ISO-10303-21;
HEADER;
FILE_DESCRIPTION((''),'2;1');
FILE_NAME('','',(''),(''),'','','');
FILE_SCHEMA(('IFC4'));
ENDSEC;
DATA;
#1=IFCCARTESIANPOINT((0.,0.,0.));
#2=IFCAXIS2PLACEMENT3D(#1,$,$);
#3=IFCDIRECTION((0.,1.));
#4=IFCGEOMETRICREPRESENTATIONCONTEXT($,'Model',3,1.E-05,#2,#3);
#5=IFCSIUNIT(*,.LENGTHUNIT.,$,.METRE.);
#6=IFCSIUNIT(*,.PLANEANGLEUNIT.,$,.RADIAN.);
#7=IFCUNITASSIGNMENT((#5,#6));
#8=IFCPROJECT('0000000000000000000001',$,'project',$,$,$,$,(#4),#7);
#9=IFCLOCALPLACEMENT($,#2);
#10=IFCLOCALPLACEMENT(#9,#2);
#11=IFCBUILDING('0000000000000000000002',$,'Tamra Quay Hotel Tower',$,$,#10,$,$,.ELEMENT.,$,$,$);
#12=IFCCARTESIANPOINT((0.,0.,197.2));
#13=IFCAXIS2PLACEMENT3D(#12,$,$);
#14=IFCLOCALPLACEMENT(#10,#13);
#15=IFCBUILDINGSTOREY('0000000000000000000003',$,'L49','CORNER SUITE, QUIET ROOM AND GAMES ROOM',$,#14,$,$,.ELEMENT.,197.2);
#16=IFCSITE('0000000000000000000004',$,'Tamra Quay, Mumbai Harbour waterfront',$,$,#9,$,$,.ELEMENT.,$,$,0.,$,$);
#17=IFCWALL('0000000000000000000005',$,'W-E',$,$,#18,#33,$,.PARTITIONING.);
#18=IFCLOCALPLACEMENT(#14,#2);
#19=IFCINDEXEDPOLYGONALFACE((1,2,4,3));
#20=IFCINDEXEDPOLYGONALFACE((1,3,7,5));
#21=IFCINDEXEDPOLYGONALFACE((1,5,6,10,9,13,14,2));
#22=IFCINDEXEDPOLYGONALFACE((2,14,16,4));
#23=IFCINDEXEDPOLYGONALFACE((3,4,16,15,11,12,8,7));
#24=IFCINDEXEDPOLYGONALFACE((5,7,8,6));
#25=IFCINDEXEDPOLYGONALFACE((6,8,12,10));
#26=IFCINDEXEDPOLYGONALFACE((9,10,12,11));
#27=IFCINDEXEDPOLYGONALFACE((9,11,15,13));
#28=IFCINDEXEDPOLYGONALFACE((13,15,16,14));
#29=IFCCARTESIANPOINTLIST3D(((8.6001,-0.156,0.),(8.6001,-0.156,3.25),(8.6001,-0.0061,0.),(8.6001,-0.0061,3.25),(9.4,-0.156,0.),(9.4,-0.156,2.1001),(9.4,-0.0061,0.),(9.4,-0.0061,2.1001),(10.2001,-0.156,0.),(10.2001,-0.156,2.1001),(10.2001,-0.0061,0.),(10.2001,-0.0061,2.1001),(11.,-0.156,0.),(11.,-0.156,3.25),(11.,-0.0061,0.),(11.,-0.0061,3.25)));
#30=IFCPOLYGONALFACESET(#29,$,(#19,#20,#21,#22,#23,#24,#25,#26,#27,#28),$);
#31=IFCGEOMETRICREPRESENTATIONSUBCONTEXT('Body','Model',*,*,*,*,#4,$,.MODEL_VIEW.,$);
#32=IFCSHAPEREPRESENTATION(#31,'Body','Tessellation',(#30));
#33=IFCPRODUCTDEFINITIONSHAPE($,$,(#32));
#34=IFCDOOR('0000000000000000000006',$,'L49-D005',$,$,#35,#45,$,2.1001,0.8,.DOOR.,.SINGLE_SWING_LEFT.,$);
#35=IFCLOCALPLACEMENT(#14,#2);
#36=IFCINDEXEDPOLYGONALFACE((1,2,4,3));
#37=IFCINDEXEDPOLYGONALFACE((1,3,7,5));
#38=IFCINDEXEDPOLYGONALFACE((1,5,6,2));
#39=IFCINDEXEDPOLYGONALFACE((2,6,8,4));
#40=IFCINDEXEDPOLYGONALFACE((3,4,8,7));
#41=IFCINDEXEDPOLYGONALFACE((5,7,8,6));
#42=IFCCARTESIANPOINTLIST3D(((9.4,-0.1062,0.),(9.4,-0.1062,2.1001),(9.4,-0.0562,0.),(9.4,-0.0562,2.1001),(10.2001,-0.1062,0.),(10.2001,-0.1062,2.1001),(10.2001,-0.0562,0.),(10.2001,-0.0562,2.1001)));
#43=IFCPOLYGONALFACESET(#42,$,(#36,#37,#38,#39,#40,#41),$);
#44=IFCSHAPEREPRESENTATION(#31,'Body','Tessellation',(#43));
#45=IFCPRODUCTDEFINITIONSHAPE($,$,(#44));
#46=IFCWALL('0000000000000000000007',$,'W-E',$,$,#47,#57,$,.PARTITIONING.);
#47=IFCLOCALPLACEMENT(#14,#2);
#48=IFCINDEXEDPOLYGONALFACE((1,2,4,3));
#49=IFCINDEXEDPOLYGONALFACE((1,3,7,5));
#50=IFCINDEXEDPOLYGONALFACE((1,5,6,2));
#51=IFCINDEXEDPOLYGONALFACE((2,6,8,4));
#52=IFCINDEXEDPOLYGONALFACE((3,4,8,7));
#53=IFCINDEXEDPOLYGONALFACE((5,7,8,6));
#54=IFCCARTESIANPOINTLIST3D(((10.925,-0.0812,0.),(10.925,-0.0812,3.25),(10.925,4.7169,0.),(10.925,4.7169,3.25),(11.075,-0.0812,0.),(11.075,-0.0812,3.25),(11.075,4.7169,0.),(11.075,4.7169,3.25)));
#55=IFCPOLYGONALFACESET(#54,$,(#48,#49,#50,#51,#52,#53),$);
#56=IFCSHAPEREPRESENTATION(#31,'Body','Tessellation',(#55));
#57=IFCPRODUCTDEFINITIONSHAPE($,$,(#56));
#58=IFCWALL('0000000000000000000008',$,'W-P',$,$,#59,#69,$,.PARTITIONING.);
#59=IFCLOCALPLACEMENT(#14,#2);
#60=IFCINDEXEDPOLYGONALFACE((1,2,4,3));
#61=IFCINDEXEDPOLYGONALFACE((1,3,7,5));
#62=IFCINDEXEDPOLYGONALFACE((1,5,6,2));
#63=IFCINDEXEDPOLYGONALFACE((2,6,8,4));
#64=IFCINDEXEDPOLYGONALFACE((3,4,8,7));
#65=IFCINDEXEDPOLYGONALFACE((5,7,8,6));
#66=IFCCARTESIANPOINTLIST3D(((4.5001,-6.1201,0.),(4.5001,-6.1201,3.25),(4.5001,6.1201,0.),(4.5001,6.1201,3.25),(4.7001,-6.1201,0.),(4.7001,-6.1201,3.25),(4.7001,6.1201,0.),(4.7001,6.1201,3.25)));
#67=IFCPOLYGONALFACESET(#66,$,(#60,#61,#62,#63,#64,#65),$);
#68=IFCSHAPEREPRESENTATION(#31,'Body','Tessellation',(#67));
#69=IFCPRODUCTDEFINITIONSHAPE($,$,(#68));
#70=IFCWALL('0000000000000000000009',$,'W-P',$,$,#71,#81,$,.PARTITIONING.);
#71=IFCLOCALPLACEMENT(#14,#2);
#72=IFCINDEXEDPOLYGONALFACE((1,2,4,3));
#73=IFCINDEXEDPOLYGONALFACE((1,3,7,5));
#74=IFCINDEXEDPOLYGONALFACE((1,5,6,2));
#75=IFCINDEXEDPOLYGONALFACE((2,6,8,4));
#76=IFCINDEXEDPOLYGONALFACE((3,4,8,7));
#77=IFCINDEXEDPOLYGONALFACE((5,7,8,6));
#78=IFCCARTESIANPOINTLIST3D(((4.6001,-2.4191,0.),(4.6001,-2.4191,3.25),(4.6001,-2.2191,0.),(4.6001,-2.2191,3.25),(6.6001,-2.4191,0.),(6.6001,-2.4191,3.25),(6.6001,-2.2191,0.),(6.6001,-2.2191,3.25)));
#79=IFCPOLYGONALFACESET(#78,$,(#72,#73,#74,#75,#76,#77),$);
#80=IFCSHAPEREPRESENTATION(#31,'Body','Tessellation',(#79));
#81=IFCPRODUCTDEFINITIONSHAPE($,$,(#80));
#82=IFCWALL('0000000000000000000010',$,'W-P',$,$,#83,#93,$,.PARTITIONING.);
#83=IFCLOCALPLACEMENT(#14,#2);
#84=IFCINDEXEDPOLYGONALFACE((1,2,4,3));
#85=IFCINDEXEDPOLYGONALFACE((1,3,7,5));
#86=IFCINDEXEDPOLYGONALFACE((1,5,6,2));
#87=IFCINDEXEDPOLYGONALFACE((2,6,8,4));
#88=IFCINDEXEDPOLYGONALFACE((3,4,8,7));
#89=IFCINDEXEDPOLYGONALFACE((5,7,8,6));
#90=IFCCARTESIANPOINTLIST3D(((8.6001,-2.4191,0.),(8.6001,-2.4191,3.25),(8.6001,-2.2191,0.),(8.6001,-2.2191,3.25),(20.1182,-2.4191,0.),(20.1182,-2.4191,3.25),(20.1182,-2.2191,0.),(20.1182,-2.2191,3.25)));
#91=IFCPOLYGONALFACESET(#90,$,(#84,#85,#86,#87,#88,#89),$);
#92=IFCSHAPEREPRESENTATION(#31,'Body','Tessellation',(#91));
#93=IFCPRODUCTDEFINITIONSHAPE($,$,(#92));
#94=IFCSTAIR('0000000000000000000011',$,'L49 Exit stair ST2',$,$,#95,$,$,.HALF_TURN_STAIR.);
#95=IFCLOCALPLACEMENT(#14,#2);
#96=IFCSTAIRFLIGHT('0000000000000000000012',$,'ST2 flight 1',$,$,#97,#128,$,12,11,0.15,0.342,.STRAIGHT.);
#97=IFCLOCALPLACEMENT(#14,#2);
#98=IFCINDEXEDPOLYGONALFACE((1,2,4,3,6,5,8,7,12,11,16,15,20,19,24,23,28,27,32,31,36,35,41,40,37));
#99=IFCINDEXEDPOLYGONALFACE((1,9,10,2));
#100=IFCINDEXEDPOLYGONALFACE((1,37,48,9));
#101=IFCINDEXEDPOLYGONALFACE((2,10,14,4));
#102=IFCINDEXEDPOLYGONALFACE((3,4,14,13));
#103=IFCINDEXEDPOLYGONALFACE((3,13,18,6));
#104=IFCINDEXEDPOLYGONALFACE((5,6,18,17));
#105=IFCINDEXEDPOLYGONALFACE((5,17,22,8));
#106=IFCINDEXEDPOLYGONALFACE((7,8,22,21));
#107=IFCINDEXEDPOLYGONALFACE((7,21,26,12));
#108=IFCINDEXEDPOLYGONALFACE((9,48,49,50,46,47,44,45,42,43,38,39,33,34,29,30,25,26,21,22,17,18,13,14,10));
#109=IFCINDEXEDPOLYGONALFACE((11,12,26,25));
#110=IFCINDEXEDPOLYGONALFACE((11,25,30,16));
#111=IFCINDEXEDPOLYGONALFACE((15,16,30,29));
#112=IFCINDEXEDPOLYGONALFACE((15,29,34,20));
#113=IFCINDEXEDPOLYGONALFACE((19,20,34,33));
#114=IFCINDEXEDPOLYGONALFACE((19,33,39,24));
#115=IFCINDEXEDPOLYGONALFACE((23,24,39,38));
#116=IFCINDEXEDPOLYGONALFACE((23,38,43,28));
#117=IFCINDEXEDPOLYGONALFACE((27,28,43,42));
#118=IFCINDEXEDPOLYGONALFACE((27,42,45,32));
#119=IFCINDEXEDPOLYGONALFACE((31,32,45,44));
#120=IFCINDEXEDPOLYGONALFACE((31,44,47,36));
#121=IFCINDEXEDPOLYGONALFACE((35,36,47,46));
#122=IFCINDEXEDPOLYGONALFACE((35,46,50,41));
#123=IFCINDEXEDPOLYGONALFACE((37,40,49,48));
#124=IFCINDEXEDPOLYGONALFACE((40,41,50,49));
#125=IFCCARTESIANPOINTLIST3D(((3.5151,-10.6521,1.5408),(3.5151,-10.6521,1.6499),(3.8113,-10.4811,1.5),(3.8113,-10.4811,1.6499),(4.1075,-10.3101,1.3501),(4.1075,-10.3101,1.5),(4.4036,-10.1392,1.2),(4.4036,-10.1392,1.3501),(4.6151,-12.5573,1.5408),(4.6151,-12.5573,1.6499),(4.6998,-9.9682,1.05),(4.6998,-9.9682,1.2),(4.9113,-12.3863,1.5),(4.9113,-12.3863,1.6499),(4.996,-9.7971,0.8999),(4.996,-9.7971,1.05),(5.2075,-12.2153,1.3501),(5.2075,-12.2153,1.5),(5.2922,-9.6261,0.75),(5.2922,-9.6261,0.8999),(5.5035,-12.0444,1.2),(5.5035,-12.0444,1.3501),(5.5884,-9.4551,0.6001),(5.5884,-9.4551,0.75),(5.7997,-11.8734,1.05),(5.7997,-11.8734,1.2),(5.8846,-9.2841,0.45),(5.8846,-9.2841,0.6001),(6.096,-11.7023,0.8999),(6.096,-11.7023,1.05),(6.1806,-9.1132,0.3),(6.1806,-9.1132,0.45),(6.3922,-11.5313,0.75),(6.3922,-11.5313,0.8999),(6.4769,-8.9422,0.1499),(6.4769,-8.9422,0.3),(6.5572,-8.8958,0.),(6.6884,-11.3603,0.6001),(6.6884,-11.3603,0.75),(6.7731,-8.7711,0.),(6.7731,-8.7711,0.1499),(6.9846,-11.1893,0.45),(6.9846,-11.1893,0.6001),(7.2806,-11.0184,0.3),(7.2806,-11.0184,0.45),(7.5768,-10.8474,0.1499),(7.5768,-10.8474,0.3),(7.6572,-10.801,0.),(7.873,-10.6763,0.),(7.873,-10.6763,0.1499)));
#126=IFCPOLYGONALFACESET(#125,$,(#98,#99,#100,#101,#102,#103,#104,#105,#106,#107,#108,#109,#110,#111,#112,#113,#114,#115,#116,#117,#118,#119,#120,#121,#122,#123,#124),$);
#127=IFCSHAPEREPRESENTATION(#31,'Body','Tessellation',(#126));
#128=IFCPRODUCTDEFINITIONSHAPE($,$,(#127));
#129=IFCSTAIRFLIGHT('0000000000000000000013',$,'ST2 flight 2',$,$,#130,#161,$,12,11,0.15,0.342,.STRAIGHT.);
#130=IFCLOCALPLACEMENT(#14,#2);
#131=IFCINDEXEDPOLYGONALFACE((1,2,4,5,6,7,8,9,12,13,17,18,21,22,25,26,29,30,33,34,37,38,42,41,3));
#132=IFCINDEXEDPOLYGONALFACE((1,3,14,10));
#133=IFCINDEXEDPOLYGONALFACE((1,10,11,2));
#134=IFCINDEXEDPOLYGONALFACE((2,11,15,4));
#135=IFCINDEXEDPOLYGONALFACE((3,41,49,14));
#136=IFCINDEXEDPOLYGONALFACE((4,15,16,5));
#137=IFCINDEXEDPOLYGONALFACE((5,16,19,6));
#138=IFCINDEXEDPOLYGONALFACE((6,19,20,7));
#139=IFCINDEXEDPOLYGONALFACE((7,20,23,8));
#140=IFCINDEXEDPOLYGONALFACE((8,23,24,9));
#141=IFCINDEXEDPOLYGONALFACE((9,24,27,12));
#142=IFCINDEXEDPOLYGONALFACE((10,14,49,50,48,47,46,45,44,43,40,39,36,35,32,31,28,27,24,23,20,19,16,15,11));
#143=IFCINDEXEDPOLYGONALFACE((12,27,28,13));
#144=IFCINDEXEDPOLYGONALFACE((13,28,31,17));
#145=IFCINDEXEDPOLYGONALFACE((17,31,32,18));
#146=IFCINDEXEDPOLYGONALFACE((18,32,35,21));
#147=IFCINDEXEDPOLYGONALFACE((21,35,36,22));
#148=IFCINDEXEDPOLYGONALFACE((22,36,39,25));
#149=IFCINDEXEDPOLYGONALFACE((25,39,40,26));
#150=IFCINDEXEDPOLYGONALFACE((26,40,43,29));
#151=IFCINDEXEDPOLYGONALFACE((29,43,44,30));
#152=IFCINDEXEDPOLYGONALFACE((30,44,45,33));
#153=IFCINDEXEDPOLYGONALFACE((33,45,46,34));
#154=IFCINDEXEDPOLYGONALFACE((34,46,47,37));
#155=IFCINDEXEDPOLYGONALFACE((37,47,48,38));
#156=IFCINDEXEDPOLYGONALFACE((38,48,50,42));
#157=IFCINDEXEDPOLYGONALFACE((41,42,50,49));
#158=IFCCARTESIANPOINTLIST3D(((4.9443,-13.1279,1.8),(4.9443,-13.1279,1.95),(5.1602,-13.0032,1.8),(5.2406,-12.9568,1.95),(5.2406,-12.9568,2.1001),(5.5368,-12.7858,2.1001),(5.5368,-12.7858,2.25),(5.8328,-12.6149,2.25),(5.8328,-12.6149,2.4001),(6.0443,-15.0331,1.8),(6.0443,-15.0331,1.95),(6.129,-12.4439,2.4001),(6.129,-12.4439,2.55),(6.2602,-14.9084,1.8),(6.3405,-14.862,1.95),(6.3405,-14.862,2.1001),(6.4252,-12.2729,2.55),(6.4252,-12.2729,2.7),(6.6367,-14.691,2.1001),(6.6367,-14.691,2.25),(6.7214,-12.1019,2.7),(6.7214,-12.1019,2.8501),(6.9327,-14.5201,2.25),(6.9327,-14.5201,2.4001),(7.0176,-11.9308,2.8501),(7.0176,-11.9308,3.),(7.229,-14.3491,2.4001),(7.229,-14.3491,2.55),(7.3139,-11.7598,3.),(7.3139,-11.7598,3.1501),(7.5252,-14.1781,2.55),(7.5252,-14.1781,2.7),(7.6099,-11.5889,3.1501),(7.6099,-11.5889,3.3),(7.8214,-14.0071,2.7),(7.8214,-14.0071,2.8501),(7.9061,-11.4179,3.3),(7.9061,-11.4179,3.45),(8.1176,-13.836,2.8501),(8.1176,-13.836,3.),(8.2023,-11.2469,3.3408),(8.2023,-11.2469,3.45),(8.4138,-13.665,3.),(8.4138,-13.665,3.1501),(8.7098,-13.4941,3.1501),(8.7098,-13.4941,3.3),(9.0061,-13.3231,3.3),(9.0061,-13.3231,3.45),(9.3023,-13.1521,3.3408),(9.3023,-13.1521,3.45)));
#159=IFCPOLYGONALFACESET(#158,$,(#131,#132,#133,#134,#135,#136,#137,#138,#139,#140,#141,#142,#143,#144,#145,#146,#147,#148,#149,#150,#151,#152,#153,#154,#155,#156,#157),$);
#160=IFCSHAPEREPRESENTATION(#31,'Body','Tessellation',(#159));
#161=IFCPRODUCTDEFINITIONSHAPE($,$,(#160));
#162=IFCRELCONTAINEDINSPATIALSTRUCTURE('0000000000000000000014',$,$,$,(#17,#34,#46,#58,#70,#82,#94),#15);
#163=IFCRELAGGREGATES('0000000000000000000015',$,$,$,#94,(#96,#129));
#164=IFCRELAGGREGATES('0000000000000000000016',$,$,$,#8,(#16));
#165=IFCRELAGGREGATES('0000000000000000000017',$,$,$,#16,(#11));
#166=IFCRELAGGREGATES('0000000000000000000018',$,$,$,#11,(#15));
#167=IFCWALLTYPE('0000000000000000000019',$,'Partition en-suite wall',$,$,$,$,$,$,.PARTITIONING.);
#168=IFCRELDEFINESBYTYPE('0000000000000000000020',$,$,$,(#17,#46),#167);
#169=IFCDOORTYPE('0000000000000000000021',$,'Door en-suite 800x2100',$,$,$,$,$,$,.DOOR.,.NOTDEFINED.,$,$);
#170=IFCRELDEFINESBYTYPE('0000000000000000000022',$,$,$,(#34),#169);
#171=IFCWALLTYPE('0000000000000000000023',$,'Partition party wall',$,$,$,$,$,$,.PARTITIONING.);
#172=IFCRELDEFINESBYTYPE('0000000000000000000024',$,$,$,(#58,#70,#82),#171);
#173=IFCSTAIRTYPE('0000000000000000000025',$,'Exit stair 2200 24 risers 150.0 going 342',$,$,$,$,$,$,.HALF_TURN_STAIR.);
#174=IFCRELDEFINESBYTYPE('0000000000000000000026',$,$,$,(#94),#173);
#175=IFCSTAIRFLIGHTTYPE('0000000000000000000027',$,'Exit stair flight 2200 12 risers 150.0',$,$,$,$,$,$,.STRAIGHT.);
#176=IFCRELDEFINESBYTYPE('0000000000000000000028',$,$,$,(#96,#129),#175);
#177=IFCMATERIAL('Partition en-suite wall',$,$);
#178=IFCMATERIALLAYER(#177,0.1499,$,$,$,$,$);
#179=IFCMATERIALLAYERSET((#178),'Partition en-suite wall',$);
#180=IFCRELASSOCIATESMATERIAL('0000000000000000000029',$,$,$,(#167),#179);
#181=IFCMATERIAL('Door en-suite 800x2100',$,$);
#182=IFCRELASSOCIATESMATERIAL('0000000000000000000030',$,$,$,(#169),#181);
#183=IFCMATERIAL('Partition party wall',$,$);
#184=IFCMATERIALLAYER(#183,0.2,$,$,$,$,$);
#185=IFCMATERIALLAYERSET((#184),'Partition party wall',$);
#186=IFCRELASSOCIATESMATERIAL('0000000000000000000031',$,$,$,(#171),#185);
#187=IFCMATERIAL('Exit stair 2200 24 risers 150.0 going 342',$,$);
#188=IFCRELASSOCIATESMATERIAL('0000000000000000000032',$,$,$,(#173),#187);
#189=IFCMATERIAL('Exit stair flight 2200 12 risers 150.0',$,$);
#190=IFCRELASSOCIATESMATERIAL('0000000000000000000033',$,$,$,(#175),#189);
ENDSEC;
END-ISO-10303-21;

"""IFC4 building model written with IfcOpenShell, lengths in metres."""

from ifc_helpers import new_model, si_unit, direction, frame, frame_2d, origin, place, context, subcontext, project, spatial, polyline, rectangle, outline, extrude, material, layer, layer_set, type_object, element, fill, aggregate, save


model = new_model("IFC4")

# Units and contexts
model_context = context("Model", 3, precision=1e-05, world=origin(), true_north=direction((0.0, 1.0)))
body_context = subcontext(model_context, "Body", "Model", "MODEL_VIEW")
ifc_project = project(units=[si_unit("LENGTHUNIT", "METRE"), si_unit("PLANEANGLEUNIT", "RADIAN")], contexts=[model_context])

# Site, building, storey
site_placement = place(None, origin())
site = spatial("IfcSite", under=ifc_project, at=site_placement, Name="Tamra Quay, Mumbai Harbour waterfront", CompositionType="ELEMENT", RefElevation=0.0)
building_placement = place(site_placement, origin())
building = spatial("IfcBuilding", under=site, at=building_placement, Name="Tamra Quay Hotel Tower", CompositionType="ELEMENT")
storey_placement = place(building_placement, frame((0.0, 0.0, 197.2)))
storey = spatial("IfcBuildingStorey", under=building, at=storey_placement, Name="L49", Description="CORNER SUITE, QUIET ROOM AND GAMES ROOM", CompositionType="ELEMENT", Elevation=197.2)

# Wall, opening, door
ifc_material_1 = material(Name="Partition en-suite wall")
ifc_layer_1 = layer(ifc_material_1, 0.1499)
ifc_layer_set_1 = layer_set([ifc_layer_1], Name="Partition en-suite wall")
wall_type_1 = type_object("IfcWallType", Name="Partition en-suite wall", PredefinedType="PARTITIONING", material=ifc_layer_set_1)
wall_1_placement = place(storey_placement, frame((8.6001, -0.0811, 0.0), z_axis=(0.0, 0.0, 1.0), x_axis=(1.0, 0.0, 0.0)))
wall_1 = element("IfcWall", 1, at=wall_1_placement, inside=storey, type_object=wall_type_1, Name="W-E", PredefinedType="PARTITIONING", context=body_context, shape_type="SweptSolid", body=[
    extrude(rectangle(XDim=2.3999, YDim=0.1499, at=frame_2d((1.2, 0.0))), origin(), (0.0, 0.0, 1.0), 3.25),
])
opening_1_placement = place(wall_1_placement, frame((0.8, 0.0, 0.0)))
opening_1 = element("IfcOpeningElement", 2, at=opening_1_placement, cuts=wall_1, PredefinedType="OPENING", context=body_context, shape_type="SweptSolid", body=[
    extrude(rectangle(XDim=0.8, YDim=2.1001, at=frame_2d((0.3999, 1.05))), frame((0.0, 0.085, 0.0), z_axis=(0.0, -1.0, 0.0), x_axis=(1.0, 0.0, 0.0)), (0.0, 0.0, 1.0), 0.1699),
])
ifc_material_2 = material(Name="Door en-suite 800x2100")
door_type_1 = type_object("IfcDoorType", Name="Door en-suite 800x2100", OperationType="NOTDEFINED", PredefinedType="DOOR", material=ifc_material_2)
door_1_placement = place(opening_1_placement, origin())
door_1 = element("IfcDoor", 3, at=door_1_placement, inside=storey, type_object=door_type_1, Name="L49-D005", OperationType="SINGLE_SWING_LEFT", OverallHeight=2.1001, OverallWidth=0.8, PredefinedType="DOOR", context=body_context, shape_type="SweptSolid", body=[
    extrude(rectangle(XDim=0.8, YDim=2.1001, at=frame_2d((0.3999, 1.05))), frame((0.0, 0.0249, 0.0), z_axis=(0.0, -1.0, 0.0), x_axis=(1.0, 0.0, 0.0)), (0.0, 0.0, 1.0), 0.05),
])
fill(opening_1, door_1)

# Walls
wall_2_placement = place(storey_placement, frame((11.0, -0.0811, 0.0), z_axis=(0.0, 0.0, 1.0), x_axis=(0.0, 1.0, 0.0)))
element("IfcWall", 4, at=wall_2_placement, inside=storey, type_object=wall_type_1, Name="W-E", PredefinedType="PARTITIONING", context=body_context, shape_type="SweptSolid", body=[
    extrude(rectangle(XDim=4.7981, YDim=0.1499, at=frame_2d((2.3989, 0.0))), origin(), (0.0, 0.0, 1.0), 3.25),
])
ifc_material_3 = material(Name="Partition party wall")
ifc_layer_2 = layer(ifc_material_3, 0.2)
ifc_layer_set_2 = layer_set([ifc_layer_2], Name="Partition party wall")
wall_type_2 = type_object("IfcWallType", Name="Partition party wall", PredefinedType="PARTITIONING", material=ifc_layer_set_2)
wall_3_placement = place(storey_placement, frame((4.6001, -6.1201, 0.0), z_axis=(0.0, 0.0, 1.0), x_axis=(0.0, 1.0, 0.0)))
element("IfcWall", 5, at=wall_3_placement, inside=storey, type_object=wall_type_2, Name="W-P", PredefinedType="PARTITIONING", context=body_context, shape_type="SweptSolid", body=[
    extrude(rectangle(XDim=12.2402, YDim=0.2, at=frame_2d((6.1201, 0.0))), origin(), (0.0, 0.0, 1.0), 3.25),
])
wall_4_placement = place(storey_placement, frame((4.6001, -2.3191, 0.0), z_axis=(0.0, 0.0, 1.0), x_axis=(1.0, 0.0, 0.0)))
element("IfcWall", 6, at=wall_4_placement, inside=storey, type_object=wall_type_2, Name="W-P", PredefinedType="PARTITIONING", context=body_context, shape_type="SweptSolid", body=[
    extrude(rectangle(XDim=2.0, YDim=0.2, at=frame_2d((1.0, 0.0))), origin(), (0.0, 0.0, 1.0), 3.25),
])
wall_5_placement = place(storey_placement, frame((8.6001, -2.3191, 0.0), z_axis=(0.0, 0.0, 1.0), x_axis=(1.0, 0.0, 0.0)))
element("IfcWall", 7, at=wall_5_placement, inside=storey, type_object=wall_type_2, Name="W-P", PredefinedType="PARTITIONING", context=body_context, shape_type="SweptSolid", body=[
    extrude(rectangle(XDim=11.5181, YDim=0.2, at=frame_2d((5.759, 0.0))), origin(), (0.0, 0.0, 1.0), 3.25),
])

# Stair, stair flights
ifc_material_4 = material(Name="Exit stair 2200 24 risers 150.0 going 342")
stair_type = type_object("IfcStairType", Name="Exit stair 2200 24 risers 150.0 going 342", PredefinedType="HALF_TURN_STAIR", material=ifc_material_4)
stair_placement = place(storey_placement, origin())
stair = element("IfcStair", 8, at=stair_placement, inside=storey, type_object=stair_type, Name="L49 Exit stair ST2", PredefinedType="HALF_TURN_STAIR")
ifc_material_5 = material(Name="Exit stair flight 2200 12 risers 150.0")
stair_flight_type = type_object("IfcStairFlightType", Name="Exit stair flight 2200 12 risers 150.0", PredefinedType="STRAIGHT", material=ifc_material_5)
stair_flight_1_placement = place(storey_placement, frame((7.323, -9.7236, 0.0), z_axis=(0.0, 0.0, 1.0), x_axis=(-0.866025, -0.5, 0.0)))
stair_flight_1 = element("IfcStairFlight", 9, at=stair_flight_1_placement, type_object=stair_flight_type, Name="ST2 flight 1", NumberOfRisers=12, NumberOfTreads=11, PredefinedType="STRAIGHT", RiserHeight=0.15, TreadLength=0.342, context=body_context, shape_type="SweptSolid", body=[
    extrude(outline(polyline([(0.0, 0.0), (0.0, 0.1499), (0.342, 0.1499), (0.342, 0.3), (0.6841, 0.3), (0.6841, 0.45), (1.0259, 0.45), (1.0259, 0.6001), (1.3679, 0.6001), (1.3679, 0.75), (1.71, 0.75), (1.71, 0.8999), (2.052, 0.8999), (2.052, 1.05), (2.394, 1.05), (2.394, 1.2), (2.7361, 1.2), (2.7361, 1.3501), (3.0779, 1.3501), (3.0779, 1.5), (3.4199, 1.5), (3.4199, 1.6499), (3.762, 1.6499), (3.762, 1.8), (3.762, 1.5408), (0.2493, 0.0), (0.0, 0.0)])), frame((0.0, 1.1001, 0.0), z_axis=(0.0, -1.0, 0.0), x_axis=(1.0, 0.0, 0.0)), (0.0, 0.0, 1.0), 2.2),
])
stair_flight_2_placement = place(storey_placement, frame((5.4944, -14.0806, 1.8), z_axis=(0.0, 0.0, 1.0), x_axis=(0.866025, 0.5, 0.0)))
stair_flight_2 = element("IfcStairFlight", 10, at=stair_flight_2_placement, type_object=stair_flight_type, Name="ST2 flight 2", NumberOfRisers=12, NumberOfTreads=11, PredefinedType="STRAIGHT", RiserHeight=0.15, TreadLength=0.342, context=body_context, shape_type="SweptSolid", body=[
    extrude(outline(polyline([(0.0, 0.0), (0.0, 0.1499), (0.342, 0.1499), (0.342, 0.3), (0.6841, 0.3), (0.6841, 0.45), (1.0259, 0.45), (1.0259, 0.6001), (1.3679, 0.6001), (1.3679, 0.75), (1.71, 0.75), (1.71, 0.8999), (2.052, 0.8999), (2.052, 1.05), (2.394, 1.05), (2.394, 1.2), (2.7361, 1.2), (2.7361, 1.3501), (3.0779, 1.3501), (3.0779, 1.5), (3.4199, 1.5), (3.4199, 1.6499), (3.762, 1.6499), (3.762, 1.8), (3.762, 1.5408), (0.2493, 0.0), (0.0, 0.0)])), frame((0.0, 1.1001, 0.0), z_axis=(0.0, -1.0, 0.0), x_axis=(1.0, 0.0, 0.0)), (0.0, 0.0, 1.0), 2.2),
])
aggregate(stair, [stair_flight_1, stair_flight_2])

save(model, "model.ifc")
